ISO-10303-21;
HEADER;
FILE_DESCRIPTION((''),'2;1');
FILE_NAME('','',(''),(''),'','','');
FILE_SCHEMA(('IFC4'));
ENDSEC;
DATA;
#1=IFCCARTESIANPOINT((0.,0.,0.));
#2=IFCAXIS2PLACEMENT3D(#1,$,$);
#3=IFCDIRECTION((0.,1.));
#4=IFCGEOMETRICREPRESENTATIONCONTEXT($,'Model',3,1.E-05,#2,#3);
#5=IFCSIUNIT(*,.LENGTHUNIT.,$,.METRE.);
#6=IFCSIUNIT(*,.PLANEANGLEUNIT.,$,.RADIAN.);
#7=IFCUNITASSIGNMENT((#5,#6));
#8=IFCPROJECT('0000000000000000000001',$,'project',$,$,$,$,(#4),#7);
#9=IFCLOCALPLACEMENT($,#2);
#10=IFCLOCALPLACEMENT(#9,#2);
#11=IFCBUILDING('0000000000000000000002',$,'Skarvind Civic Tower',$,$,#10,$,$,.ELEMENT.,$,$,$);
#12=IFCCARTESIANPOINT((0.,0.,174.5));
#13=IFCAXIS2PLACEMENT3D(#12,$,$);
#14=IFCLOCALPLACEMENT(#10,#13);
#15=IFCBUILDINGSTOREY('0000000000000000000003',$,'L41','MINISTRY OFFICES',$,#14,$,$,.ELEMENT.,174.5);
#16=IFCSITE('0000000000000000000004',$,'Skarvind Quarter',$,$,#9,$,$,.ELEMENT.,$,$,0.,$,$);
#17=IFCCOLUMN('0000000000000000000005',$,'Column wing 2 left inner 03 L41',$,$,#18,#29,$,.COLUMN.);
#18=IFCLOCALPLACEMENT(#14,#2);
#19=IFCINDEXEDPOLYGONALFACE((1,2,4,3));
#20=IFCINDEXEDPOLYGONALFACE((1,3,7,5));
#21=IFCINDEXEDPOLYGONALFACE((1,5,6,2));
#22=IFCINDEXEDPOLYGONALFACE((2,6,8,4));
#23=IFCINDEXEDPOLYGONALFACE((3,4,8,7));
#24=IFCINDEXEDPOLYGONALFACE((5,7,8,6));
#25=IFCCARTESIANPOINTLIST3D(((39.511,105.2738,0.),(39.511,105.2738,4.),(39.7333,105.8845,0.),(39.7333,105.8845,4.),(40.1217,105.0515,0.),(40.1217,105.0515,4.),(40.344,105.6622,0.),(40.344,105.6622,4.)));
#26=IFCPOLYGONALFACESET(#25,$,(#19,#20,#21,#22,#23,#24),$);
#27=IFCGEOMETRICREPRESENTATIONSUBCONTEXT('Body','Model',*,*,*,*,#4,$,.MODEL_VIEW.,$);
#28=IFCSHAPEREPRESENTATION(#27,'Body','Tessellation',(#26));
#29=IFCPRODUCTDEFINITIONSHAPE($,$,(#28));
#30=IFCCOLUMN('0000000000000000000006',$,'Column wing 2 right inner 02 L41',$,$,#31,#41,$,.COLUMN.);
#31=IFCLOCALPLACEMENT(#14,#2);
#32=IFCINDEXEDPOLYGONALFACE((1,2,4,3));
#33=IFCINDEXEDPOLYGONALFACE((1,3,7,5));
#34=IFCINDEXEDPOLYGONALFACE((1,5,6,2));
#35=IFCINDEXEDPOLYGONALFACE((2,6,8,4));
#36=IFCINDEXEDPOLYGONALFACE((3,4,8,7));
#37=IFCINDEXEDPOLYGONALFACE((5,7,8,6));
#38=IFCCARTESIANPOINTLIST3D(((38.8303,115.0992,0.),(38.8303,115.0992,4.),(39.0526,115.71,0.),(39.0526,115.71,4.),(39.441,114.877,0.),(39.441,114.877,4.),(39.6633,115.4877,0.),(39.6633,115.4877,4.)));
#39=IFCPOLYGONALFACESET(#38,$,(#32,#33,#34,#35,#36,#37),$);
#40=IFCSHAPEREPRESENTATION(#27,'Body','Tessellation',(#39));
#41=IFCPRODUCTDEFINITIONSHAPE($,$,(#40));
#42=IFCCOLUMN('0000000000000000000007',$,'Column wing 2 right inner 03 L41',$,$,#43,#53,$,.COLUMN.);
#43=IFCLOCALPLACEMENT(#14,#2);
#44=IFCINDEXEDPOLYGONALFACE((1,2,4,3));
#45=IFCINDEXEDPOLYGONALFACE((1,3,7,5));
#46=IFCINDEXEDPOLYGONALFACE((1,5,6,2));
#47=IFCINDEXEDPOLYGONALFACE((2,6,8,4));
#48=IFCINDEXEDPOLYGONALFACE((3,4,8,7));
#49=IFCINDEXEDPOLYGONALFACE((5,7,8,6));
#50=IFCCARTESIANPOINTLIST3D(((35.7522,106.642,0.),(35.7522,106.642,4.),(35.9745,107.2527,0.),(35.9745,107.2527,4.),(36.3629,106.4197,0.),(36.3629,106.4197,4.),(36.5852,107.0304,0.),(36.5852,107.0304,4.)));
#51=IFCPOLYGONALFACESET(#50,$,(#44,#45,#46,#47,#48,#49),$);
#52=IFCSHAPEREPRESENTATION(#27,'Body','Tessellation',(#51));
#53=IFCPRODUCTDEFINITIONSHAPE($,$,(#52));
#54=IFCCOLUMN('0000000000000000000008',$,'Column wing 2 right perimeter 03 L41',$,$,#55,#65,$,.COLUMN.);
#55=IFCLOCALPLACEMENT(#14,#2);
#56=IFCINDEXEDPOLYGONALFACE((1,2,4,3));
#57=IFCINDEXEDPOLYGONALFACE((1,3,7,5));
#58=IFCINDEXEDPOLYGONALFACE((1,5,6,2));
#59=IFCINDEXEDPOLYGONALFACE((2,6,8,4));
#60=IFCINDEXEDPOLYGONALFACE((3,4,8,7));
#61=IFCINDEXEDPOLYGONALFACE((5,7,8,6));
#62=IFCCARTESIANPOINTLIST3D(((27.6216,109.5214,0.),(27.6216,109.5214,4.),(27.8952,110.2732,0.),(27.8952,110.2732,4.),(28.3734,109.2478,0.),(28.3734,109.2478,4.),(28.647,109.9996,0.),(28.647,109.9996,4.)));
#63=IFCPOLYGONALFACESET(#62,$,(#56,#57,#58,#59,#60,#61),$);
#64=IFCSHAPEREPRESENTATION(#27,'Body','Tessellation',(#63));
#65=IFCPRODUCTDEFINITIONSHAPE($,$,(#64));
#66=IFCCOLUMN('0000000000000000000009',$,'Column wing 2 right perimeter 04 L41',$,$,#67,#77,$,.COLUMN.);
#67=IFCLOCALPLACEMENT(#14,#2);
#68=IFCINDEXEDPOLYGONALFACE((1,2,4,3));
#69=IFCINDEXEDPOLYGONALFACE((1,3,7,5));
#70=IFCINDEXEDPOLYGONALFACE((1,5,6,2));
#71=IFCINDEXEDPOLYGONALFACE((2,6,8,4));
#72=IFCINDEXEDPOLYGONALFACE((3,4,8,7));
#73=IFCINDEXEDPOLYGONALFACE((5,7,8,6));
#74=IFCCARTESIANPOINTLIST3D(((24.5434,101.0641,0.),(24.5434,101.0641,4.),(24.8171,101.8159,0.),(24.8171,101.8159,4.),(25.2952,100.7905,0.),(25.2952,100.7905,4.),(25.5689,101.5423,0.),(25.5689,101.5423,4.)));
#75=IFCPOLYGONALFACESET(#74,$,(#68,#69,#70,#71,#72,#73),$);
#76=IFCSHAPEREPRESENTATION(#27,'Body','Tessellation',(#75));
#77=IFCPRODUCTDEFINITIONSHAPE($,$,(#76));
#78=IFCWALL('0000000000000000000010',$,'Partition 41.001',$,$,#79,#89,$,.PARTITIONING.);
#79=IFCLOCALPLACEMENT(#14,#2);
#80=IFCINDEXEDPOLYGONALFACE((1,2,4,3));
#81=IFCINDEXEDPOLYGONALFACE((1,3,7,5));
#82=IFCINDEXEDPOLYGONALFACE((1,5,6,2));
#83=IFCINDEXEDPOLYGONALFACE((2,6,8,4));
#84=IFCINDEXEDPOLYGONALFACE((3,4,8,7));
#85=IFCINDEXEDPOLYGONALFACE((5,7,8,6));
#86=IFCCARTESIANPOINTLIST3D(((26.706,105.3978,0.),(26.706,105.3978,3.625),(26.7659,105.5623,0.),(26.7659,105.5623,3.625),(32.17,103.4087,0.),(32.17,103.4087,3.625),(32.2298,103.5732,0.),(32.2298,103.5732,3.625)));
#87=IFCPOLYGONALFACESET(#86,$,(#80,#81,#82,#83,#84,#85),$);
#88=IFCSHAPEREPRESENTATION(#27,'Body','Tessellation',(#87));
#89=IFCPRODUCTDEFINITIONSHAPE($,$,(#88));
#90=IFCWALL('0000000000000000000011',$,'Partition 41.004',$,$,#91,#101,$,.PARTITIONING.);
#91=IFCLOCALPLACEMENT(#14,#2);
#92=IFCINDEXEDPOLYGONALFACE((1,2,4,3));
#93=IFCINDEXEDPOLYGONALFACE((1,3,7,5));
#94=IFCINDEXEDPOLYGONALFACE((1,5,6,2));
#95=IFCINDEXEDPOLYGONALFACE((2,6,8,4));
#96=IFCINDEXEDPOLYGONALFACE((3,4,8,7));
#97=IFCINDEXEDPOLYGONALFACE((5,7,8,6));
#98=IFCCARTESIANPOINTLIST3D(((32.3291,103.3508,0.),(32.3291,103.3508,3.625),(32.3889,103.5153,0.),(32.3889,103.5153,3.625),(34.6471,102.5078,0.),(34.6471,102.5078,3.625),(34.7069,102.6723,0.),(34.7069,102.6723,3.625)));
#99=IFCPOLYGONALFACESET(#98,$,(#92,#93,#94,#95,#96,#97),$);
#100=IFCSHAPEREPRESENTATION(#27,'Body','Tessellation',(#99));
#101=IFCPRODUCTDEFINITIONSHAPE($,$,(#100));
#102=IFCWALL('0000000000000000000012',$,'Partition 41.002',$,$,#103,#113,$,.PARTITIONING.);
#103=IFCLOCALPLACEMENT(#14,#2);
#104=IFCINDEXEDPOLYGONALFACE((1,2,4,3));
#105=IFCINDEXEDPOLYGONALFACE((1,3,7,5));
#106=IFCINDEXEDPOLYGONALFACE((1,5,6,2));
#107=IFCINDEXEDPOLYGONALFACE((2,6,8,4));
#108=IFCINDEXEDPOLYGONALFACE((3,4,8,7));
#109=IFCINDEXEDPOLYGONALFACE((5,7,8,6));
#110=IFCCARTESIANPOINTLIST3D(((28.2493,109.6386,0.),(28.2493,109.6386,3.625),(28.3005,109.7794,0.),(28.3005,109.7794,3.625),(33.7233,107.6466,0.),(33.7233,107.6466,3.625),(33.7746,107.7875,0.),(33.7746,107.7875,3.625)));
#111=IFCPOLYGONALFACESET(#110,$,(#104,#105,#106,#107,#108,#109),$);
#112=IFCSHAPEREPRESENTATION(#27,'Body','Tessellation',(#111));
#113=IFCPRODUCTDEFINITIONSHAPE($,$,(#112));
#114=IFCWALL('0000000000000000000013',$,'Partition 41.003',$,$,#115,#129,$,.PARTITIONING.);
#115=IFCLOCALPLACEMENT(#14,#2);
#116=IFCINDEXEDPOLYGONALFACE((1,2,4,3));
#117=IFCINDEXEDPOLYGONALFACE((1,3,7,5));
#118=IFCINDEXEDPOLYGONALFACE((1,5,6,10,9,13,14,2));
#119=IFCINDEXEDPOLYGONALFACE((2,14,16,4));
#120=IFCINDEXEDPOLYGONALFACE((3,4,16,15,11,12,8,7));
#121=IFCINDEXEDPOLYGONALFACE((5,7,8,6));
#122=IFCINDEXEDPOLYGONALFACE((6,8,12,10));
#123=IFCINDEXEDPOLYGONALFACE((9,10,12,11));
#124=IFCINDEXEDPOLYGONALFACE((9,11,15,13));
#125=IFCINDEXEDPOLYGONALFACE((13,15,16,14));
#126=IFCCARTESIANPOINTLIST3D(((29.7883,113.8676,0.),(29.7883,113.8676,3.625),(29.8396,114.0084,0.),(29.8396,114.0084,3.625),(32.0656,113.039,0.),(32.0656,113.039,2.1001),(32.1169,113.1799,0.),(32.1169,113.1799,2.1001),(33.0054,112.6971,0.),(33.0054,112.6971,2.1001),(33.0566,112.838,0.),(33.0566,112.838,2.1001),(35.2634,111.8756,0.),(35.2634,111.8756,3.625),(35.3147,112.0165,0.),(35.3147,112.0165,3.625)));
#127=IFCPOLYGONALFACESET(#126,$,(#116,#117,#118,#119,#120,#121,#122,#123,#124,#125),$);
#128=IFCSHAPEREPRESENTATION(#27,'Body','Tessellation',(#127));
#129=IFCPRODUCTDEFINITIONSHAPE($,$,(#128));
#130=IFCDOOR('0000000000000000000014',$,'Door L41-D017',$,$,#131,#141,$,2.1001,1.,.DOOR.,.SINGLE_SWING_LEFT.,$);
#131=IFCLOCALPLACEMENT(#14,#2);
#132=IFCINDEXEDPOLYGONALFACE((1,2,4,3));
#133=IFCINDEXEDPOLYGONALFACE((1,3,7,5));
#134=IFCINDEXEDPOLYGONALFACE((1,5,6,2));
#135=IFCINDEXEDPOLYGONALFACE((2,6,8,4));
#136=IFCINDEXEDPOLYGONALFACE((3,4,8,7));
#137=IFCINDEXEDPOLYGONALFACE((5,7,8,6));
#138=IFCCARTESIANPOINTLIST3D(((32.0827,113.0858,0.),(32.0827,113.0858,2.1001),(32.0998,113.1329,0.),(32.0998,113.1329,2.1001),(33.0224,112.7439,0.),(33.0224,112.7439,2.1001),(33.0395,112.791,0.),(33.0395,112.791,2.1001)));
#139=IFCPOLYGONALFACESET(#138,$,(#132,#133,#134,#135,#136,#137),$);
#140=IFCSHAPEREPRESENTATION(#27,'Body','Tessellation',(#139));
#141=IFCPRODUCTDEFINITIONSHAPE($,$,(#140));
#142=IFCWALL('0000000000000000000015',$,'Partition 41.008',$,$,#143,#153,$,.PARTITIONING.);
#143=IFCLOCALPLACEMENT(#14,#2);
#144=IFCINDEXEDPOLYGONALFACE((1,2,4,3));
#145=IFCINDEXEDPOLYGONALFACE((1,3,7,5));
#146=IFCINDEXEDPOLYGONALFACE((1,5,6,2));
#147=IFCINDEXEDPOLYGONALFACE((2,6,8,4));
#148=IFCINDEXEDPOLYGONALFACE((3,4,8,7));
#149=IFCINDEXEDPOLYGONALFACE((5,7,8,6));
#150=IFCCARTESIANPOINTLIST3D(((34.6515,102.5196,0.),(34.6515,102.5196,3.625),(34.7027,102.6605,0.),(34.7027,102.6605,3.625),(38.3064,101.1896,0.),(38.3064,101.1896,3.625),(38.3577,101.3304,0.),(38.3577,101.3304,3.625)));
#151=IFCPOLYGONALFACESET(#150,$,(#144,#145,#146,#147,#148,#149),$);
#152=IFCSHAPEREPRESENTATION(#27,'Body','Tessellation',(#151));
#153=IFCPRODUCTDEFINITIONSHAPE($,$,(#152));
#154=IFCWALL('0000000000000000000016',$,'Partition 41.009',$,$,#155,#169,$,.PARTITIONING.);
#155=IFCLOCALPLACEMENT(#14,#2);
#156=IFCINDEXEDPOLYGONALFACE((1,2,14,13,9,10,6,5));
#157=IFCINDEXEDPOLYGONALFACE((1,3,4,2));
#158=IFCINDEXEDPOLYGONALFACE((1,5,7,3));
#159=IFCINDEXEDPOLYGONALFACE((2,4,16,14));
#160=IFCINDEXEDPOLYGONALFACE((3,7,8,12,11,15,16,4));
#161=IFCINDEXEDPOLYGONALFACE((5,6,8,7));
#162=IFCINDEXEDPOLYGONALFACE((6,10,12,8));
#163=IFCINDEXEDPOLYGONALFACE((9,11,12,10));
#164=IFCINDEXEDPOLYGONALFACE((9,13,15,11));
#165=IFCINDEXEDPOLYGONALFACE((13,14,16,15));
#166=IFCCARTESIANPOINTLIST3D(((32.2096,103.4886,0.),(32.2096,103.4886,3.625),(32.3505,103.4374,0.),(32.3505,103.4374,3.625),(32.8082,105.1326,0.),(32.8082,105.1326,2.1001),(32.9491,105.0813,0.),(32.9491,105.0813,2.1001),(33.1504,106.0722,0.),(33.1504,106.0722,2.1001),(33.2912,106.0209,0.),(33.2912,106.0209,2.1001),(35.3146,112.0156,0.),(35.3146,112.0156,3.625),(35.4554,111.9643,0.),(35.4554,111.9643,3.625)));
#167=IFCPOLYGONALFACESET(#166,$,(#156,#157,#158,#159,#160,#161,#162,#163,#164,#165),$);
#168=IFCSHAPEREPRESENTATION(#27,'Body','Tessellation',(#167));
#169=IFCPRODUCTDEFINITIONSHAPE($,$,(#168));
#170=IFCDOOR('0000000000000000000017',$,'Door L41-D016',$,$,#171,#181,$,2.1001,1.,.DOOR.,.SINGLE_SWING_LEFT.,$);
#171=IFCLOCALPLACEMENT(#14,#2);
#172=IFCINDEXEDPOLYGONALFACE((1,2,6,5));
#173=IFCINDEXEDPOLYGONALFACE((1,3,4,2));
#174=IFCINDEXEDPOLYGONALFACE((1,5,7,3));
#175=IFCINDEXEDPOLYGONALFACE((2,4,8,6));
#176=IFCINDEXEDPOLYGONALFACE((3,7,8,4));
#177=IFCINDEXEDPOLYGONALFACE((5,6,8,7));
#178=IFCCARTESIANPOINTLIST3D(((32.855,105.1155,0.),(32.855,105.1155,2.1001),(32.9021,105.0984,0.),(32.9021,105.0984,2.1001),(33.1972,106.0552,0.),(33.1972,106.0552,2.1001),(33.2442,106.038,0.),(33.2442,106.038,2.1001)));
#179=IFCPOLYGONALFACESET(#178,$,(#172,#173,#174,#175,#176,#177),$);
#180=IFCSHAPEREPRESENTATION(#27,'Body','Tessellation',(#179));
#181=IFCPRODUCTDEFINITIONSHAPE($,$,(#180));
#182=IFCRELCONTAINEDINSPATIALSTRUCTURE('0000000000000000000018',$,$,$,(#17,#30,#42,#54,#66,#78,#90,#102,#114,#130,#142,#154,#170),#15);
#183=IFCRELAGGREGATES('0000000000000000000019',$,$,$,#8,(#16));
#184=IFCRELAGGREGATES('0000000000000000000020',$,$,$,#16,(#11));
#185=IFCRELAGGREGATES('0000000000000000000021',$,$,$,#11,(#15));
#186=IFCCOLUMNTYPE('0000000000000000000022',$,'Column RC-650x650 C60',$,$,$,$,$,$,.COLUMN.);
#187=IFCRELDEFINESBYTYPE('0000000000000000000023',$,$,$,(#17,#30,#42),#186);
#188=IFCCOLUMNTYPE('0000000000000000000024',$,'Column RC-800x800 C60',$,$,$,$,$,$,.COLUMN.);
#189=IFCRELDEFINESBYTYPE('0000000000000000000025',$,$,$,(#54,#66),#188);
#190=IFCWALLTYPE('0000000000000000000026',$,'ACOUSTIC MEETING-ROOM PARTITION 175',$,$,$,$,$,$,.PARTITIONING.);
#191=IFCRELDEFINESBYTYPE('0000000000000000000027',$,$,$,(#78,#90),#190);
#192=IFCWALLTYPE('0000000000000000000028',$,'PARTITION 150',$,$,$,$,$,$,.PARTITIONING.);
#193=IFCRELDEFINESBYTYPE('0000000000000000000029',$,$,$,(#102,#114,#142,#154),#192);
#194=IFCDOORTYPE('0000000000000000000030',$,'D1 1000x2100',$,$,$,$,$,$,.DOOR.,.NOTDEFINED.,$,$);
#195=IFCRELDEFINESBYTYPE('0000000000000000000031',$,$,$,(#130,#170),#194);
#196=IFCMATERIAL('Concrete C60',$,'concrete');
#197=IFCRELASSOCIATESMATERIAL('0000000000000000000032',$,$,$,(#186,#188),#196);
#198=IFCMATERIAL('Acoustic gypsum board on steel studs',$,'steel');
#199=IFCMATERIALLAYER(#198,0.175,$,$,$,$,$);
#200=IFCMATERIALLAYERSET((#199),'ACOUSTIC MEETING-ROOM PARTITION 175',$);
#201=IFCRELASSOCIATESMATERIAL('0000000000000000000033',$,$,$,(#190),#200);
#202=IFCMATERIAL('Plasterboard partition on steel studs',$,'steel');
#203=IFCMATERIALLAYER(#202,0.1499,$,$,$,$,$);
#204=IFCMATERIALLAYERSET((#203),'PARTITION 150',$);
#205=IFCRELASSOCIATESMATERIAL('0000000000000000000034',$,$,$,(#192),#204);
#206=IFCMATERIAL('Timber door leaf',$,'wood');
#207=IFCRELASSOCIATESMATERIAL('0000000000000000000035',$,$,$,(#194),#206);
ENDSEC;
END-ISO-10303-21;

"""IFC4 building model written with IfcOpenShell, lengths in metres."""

from ifc_helpers import new_model, si_unit, direction, frame, frame_2d, origin, origin_2d, place, context, subcontext, project, spatial, rectangle, extrude, material, layer, layer_set, material_profile, profile_set, type_object, element, fill, save


model = new_model("IFC4")

# Units and contexts
model_context = context("Model", 3, precision=1e-05, world=origin(), true_north=direction((0.0, 1.0)))
body_context = subcontext(model_context, "Body", "Model", "MODEL_VIEW")
ifc_project = project(units=[si_unit("LENGTHUNIT", "METRE"), si_unit("PLANEANGLEUNIT", "RADIAN")], contexts=[model_context])

# Site, building, storey
site_placement = place(None, origin())
site = spatial("IfcSite", under=ifc_project, at=site_placement, Name="Skarvind Quarter", CompositionType="ELEMENT", RefElevation=0.0)
building_placement = place(site_placement, origin())
building = spatial("IfcBuilding", under=site, at=building_placement, Name="Skarvind Civic Tower", CompositionType="ELEMENT")
storey_placement = place(building_placement, frame((0.0, 0.0, 174.5)))
storey = spatial("IfcBuildingStorey", under=building, at=storey_placement, Name="L41", Description="MINISTRY OFFICES", CompositionType="ELEMENT", Elevation=174.5)

# Columns
ifc_material_1 = material(Name="Concrete C60", Category="concrete")
ifc_material_profile_1 = material_profile(ifc_material_1, rectangle(XDim=0.6499, YDim=0.6499, at=origin_2d()), Name="RC-650x650")
ifc_profile_set_1 = profile_set([ifc_material_profile_1], Name="Concrete C60")
column_type_1 = type_object("IfcColumnType", Name="Column RC-650x650 C60", PredefinedType="COLUMN", material=ifc_profile_set_1)
for number, where, z_axis, x_axis, name in (
    (1, (39.9275, 105.468, 0.0), (0.0, 0.0, 1.0), (-0.34202, -0.939693, 0.0), "Column wing 2 left inner 03 L41"),
    (2, (39.2468, 115.2935, 0.0), (0.0, 0.0, 1.0), (-0.34202, -0.939693, 0.0), "Column wing 2 right inner 02 L41"),
    (3, (36.1687, 106.8362, 0.0), (0.0, 0.0, 1.0), (-0.34202, -0.939693, 0.0), "Column wing 2 right inner 03 L41"),
):
    element("IfcColumn", number, at=place(storey_placement, frame(where, z_axis=z_axis, x_axis=x_axis)), inside=storey, type_object=column_type_1, Name=name, PredefinedType="COLUMN", context=body_context, shape_type="SweptSolid", body=[
        extrude(rectangle(XDim=0.6499, YDim=0.6499, at=origin_2d()), origin(), (0.0, 0.0, 1.0), 4.0),
    ])
ifc_material_profile_2 = material_profile(ifc_material_1, rectangle(XDim=0.8, YDim=0.8, at=origin_2d()), Name="RC-800x800")
ifc_profile_set_2 = profile_set([ifc_material_profile_2], Name="Concrete C60")
column_type_2 = type_object("IfcColumnType", Name="Column RC-800x800 C60", PredefinedType="COLUMN", material=ifc_profile_set_2)
for number, where, z_axis, x_axis, name in (
    (4, (28.1343, 109.7605, 0.0), (0.0, 0.0, 1.0), (-0.34202, -0.939693, 0.0), "Column wing 2 right perimeter 03 L41"),
    (5, (25.0562, 101.3032, 0.0), (0.0, 0.0, 1.0), (-0.34202, -0.939693, 0.0), "Column wing 2 right perimeter 04 L41"),
):
    element("IfcColumn", number, at=place(storey_placement, frame(where, z_axis=z_axis, x_axis=x_axis)), inside=storey, type_object=column_type_2, Name=name, PredefinedType="COLUMN", context=body_context, shape_type="SweptSolid", body=[
        extrude(rectangle(XDim=0.8, YDim=0.8, at=origin_2d()), origin(), (0.0, 0.0, 1.0), 4.0),
    ])

# Walls
ifc_material_2 = material(Name="Acoustic gypsum board on steel studs", Category="steel")
ifc_layer_1 = layer(ifc_material_2, 0.175)
ifc_layer_set_1 = layer_set([ifc_layer_1], Name="ACOUSTIC MEETING-ROOM PARTITION 175")
wall_type_1 = type_object("IfcWallType", Name="ACOUSTIC MEETING-ROOM PARTITION 175", PredefinedType="PARTITIONING", material=ifc_layer_set_1)
wall_1_placement = place(storey_placement, frame((26.7361, 105.48, 0.0), z_axis=(0.0, 0.0, 1.0), x_axis=(0.939674, -0.34207, 0.0)))
element("IfcWall", 6, at=wall_1_placement, inside=storey, type_object=wall_type_1, Name="Partition 41.001", PredefinedType="PARTITIONING", context=body_context, shape_type="SweptSolid", body=[
    extrude(rectangle(XDim=5.8147, YDim=0.175, at=frame_2d((2.9072, 0.0))), origin(), (0.0, 0.0, 1.0), 3.625),
])
wall_2_placement = place(storey_placement, frame((32.3589, 103.4331, 0.0), z_axis=(0.0, 0.0, 1.0), x_axis=(0.939785, -0.341767, 0.0)))
element("IfcWall", 7, at=wall_2_placement, inside=storey, type_object=wall_type_1, Name="Partition 41.004", PredefinedType="PARTITIONING", context=body_context, shape_type="SweptSolid", body=[
    extrude(rectangle(XDim=2.4666, YDim=0.175, at=frame_2d((1.2334, 0.0))), origin(), (0.0, 0.0, 1.0), 3.625),
])
ifc_material_3 = material(Name="Plasterboard partition on steel studs", Category="steel")
ifc_layer_2 = layer(ifc_material_3, 0.1499)
ifc_layer_set_2 = layer_set([ifc_layer_2], Name="PARTITION 150")
wall_type_2 = type_object("IfcWallType", Name="PARTITION 150", PredefinedType="PARTITIONING", material=ifc_layer_set_2)
wall_3_placement = place(storey_placement, frame((28.2749, 109.709, 0.0), z_axis=(0.0, 0.0, 1.0), x_axis=(0.939719, -0.341948, 0.0)))
element("IfcWall", 8, at=wall_3_placement, inside=storey, type_object=wall_type_2, Name="Partition 41.002", PredefinedType="PARTITIONING", context=body_context, shape_type="SweptSolid", body=[
    extrude(rectangle(XDim=5.8252, YDim=0.1499, at=frame_2d((2.9126, 0.0))), origin(), (0.0, 0.0, 1.0), 3.625),
])

# Wall, opening, door
wall_4_placement = place(storey_placement, frame((29.814, 113.938, 0.0), z_axis=(0.0, 0.0, 1.0), x_axis=(0.939738, -0.341894, 0.0)))
wall_4 = element("IfcWall", 9, at=wall_4_placement, inside=storey, type_object=wall_type_2, Name="Partition 41.003", PredefinedType="PARTITIONING", context=body_context, shape_type="SweptSolid", body=[
    extrude(rectangle(XDim=5.8262, YDim=0.1499, at=frame_2d((2.9131, 0.0))), origin(), (0.0, 0.0, 1.0), 3.625),
])
opening_1_placement = place(wall_4_placement, frame((2.4233, 0.0, 0.0)))
opening_1 = element("IfcOpeningElement", 10, at=opening_1_placement, cuts=wall_4, PredefinedType="OPENING", context=body_context, shape_type="SweptSolid", body=[
    extrude(rectangle(XDim=1.0, YDim=2.1001, at=frame_2d((0.5, 1.05))), frame((0.0, 0.085, 0.0), z_axis=(0.0, -1.0, 0.0), x_axis=(1.0, 0.0, 0.0)), (0.0, 0.0, 1.0), 0.1699),
])
ifc_material_4 = material(Name="Timber door leaf", Category="wood")
door_type = type_object("IfcDoorType", Name="D1 1000x2100", OperationType="NOTDEFINED", PredefinedType="DOOR", material=ifc_material_4)
door_1_placement = place(opening_1_placement, origin())
door_1 = element("IfcDoor", 11, at=door_1_placement, inside=storey, type_object=door_type, Name="Door L41-D017", OperationType="SINGLE_SWING_LEFT", OverallHeight=2.1001, OverallWidth=1.0, PredefinedType="DOOR", context=body_context, shape_type="SweptSolid", body=[
    extrude(rectangle(XDim=1.0, YDim=2.1001, at=frame_2d((0.5, 1.05))), frame((0.0, 0.0249, 0.0), z_axis=(0.0, -1.0, 0.0), x_axis=(1.0, 0.0, 0.0)), (0.0, 0.0, 1.0), 0.05),
])
fill(opening_1, door_1)

# Wall
wall_5_placement = place(storey_placement, frame((34.677, 102.5901, 0.0), z_axis=(0.0, 0.0, 1.0), x_axis=(0.939713, -0.341965, 0.0)))
element("IfcWall", 12, at=wall_5_placement, inside=storey, type_object=wall_type_2, Name="Partition 41.008", PredefinedType="PARTITIONING", context=body_context, shape_type="SweptSolid", body=[
    extrude(rectangle(XDim=3.8894, YDim=0.1499, at=frame_2d((1.9448, 0.0))), origin(), (0.0, 0.0, 1.0), 3.625),
])

# Wall, opening, door
wall_6_placement = place(storey_placement, frame((35.385, 111.99, 0.0), z_axis=(0.0, 0.0, 1.0), x_axis=(-0.342153, -0.939644, 0.0)))
wall_6 = element("IfcWall", 13, at=wall_6_placement, inside=storey, type_object=wall_type_2, Name="Partition 41.009", PredefinedType="PARTITIONING", context=body_context, shape_type="SweptSolid", body=[
    extrude(rectangle(XDim=9.0747, YDim=0.1499, at=frame_2d((4.5374, 0.0))), origin(), (0.0, 0.0, 1.0), 3.625),
])
opening_2_placement = place(wall_6_placement, frame((6.3252, 0.0, 0.0)))
opening_2 = element("IfcOpeningElement", 14, at=opening_2_placement, cuts=wall_6, PredefinedType="OPENING", context=body_context, shape_type="SweptSolid", body=[
    extrude(rectangle(XDim=1.0, YDim=2.1001, at=frame_2d((0.5, 1.05))), frame((0.0, 0.085, 0.0), z_axis=(0.0, -1.0, 0.0), x_axis=(1.0, 0.0, 0.0)), (0.0, 0.0, 1.0), 0.1699),
])
door_2_placement = place(opening_2_placement, origin())
door_2 = element("IfcDoor", 15, at=door_2_placement, inside=storey, type_object=door_type, Name="Door L41-D016", OperationType="SINGLE_SWING_LEFT", OverallHeight=2.1001, OverallWidth=1.0, PredefinedType="DOOR", context=body_context, shape_type="SweptSolid", body=[
    extrude(rectangle(XDim=1.0, YDim=2.1001, at=frame_2d((0.5, 1.05))), frame((0.0, 0.0249, 0.0), z_axis=(0.0, -1.0, 0.0), x_axis=(1.0, 0.0, 0.0)), (0.0, 0.0, 1.0), 0.05),
])
fill(opening_2, door_2)

save(model, "model.ifc")
